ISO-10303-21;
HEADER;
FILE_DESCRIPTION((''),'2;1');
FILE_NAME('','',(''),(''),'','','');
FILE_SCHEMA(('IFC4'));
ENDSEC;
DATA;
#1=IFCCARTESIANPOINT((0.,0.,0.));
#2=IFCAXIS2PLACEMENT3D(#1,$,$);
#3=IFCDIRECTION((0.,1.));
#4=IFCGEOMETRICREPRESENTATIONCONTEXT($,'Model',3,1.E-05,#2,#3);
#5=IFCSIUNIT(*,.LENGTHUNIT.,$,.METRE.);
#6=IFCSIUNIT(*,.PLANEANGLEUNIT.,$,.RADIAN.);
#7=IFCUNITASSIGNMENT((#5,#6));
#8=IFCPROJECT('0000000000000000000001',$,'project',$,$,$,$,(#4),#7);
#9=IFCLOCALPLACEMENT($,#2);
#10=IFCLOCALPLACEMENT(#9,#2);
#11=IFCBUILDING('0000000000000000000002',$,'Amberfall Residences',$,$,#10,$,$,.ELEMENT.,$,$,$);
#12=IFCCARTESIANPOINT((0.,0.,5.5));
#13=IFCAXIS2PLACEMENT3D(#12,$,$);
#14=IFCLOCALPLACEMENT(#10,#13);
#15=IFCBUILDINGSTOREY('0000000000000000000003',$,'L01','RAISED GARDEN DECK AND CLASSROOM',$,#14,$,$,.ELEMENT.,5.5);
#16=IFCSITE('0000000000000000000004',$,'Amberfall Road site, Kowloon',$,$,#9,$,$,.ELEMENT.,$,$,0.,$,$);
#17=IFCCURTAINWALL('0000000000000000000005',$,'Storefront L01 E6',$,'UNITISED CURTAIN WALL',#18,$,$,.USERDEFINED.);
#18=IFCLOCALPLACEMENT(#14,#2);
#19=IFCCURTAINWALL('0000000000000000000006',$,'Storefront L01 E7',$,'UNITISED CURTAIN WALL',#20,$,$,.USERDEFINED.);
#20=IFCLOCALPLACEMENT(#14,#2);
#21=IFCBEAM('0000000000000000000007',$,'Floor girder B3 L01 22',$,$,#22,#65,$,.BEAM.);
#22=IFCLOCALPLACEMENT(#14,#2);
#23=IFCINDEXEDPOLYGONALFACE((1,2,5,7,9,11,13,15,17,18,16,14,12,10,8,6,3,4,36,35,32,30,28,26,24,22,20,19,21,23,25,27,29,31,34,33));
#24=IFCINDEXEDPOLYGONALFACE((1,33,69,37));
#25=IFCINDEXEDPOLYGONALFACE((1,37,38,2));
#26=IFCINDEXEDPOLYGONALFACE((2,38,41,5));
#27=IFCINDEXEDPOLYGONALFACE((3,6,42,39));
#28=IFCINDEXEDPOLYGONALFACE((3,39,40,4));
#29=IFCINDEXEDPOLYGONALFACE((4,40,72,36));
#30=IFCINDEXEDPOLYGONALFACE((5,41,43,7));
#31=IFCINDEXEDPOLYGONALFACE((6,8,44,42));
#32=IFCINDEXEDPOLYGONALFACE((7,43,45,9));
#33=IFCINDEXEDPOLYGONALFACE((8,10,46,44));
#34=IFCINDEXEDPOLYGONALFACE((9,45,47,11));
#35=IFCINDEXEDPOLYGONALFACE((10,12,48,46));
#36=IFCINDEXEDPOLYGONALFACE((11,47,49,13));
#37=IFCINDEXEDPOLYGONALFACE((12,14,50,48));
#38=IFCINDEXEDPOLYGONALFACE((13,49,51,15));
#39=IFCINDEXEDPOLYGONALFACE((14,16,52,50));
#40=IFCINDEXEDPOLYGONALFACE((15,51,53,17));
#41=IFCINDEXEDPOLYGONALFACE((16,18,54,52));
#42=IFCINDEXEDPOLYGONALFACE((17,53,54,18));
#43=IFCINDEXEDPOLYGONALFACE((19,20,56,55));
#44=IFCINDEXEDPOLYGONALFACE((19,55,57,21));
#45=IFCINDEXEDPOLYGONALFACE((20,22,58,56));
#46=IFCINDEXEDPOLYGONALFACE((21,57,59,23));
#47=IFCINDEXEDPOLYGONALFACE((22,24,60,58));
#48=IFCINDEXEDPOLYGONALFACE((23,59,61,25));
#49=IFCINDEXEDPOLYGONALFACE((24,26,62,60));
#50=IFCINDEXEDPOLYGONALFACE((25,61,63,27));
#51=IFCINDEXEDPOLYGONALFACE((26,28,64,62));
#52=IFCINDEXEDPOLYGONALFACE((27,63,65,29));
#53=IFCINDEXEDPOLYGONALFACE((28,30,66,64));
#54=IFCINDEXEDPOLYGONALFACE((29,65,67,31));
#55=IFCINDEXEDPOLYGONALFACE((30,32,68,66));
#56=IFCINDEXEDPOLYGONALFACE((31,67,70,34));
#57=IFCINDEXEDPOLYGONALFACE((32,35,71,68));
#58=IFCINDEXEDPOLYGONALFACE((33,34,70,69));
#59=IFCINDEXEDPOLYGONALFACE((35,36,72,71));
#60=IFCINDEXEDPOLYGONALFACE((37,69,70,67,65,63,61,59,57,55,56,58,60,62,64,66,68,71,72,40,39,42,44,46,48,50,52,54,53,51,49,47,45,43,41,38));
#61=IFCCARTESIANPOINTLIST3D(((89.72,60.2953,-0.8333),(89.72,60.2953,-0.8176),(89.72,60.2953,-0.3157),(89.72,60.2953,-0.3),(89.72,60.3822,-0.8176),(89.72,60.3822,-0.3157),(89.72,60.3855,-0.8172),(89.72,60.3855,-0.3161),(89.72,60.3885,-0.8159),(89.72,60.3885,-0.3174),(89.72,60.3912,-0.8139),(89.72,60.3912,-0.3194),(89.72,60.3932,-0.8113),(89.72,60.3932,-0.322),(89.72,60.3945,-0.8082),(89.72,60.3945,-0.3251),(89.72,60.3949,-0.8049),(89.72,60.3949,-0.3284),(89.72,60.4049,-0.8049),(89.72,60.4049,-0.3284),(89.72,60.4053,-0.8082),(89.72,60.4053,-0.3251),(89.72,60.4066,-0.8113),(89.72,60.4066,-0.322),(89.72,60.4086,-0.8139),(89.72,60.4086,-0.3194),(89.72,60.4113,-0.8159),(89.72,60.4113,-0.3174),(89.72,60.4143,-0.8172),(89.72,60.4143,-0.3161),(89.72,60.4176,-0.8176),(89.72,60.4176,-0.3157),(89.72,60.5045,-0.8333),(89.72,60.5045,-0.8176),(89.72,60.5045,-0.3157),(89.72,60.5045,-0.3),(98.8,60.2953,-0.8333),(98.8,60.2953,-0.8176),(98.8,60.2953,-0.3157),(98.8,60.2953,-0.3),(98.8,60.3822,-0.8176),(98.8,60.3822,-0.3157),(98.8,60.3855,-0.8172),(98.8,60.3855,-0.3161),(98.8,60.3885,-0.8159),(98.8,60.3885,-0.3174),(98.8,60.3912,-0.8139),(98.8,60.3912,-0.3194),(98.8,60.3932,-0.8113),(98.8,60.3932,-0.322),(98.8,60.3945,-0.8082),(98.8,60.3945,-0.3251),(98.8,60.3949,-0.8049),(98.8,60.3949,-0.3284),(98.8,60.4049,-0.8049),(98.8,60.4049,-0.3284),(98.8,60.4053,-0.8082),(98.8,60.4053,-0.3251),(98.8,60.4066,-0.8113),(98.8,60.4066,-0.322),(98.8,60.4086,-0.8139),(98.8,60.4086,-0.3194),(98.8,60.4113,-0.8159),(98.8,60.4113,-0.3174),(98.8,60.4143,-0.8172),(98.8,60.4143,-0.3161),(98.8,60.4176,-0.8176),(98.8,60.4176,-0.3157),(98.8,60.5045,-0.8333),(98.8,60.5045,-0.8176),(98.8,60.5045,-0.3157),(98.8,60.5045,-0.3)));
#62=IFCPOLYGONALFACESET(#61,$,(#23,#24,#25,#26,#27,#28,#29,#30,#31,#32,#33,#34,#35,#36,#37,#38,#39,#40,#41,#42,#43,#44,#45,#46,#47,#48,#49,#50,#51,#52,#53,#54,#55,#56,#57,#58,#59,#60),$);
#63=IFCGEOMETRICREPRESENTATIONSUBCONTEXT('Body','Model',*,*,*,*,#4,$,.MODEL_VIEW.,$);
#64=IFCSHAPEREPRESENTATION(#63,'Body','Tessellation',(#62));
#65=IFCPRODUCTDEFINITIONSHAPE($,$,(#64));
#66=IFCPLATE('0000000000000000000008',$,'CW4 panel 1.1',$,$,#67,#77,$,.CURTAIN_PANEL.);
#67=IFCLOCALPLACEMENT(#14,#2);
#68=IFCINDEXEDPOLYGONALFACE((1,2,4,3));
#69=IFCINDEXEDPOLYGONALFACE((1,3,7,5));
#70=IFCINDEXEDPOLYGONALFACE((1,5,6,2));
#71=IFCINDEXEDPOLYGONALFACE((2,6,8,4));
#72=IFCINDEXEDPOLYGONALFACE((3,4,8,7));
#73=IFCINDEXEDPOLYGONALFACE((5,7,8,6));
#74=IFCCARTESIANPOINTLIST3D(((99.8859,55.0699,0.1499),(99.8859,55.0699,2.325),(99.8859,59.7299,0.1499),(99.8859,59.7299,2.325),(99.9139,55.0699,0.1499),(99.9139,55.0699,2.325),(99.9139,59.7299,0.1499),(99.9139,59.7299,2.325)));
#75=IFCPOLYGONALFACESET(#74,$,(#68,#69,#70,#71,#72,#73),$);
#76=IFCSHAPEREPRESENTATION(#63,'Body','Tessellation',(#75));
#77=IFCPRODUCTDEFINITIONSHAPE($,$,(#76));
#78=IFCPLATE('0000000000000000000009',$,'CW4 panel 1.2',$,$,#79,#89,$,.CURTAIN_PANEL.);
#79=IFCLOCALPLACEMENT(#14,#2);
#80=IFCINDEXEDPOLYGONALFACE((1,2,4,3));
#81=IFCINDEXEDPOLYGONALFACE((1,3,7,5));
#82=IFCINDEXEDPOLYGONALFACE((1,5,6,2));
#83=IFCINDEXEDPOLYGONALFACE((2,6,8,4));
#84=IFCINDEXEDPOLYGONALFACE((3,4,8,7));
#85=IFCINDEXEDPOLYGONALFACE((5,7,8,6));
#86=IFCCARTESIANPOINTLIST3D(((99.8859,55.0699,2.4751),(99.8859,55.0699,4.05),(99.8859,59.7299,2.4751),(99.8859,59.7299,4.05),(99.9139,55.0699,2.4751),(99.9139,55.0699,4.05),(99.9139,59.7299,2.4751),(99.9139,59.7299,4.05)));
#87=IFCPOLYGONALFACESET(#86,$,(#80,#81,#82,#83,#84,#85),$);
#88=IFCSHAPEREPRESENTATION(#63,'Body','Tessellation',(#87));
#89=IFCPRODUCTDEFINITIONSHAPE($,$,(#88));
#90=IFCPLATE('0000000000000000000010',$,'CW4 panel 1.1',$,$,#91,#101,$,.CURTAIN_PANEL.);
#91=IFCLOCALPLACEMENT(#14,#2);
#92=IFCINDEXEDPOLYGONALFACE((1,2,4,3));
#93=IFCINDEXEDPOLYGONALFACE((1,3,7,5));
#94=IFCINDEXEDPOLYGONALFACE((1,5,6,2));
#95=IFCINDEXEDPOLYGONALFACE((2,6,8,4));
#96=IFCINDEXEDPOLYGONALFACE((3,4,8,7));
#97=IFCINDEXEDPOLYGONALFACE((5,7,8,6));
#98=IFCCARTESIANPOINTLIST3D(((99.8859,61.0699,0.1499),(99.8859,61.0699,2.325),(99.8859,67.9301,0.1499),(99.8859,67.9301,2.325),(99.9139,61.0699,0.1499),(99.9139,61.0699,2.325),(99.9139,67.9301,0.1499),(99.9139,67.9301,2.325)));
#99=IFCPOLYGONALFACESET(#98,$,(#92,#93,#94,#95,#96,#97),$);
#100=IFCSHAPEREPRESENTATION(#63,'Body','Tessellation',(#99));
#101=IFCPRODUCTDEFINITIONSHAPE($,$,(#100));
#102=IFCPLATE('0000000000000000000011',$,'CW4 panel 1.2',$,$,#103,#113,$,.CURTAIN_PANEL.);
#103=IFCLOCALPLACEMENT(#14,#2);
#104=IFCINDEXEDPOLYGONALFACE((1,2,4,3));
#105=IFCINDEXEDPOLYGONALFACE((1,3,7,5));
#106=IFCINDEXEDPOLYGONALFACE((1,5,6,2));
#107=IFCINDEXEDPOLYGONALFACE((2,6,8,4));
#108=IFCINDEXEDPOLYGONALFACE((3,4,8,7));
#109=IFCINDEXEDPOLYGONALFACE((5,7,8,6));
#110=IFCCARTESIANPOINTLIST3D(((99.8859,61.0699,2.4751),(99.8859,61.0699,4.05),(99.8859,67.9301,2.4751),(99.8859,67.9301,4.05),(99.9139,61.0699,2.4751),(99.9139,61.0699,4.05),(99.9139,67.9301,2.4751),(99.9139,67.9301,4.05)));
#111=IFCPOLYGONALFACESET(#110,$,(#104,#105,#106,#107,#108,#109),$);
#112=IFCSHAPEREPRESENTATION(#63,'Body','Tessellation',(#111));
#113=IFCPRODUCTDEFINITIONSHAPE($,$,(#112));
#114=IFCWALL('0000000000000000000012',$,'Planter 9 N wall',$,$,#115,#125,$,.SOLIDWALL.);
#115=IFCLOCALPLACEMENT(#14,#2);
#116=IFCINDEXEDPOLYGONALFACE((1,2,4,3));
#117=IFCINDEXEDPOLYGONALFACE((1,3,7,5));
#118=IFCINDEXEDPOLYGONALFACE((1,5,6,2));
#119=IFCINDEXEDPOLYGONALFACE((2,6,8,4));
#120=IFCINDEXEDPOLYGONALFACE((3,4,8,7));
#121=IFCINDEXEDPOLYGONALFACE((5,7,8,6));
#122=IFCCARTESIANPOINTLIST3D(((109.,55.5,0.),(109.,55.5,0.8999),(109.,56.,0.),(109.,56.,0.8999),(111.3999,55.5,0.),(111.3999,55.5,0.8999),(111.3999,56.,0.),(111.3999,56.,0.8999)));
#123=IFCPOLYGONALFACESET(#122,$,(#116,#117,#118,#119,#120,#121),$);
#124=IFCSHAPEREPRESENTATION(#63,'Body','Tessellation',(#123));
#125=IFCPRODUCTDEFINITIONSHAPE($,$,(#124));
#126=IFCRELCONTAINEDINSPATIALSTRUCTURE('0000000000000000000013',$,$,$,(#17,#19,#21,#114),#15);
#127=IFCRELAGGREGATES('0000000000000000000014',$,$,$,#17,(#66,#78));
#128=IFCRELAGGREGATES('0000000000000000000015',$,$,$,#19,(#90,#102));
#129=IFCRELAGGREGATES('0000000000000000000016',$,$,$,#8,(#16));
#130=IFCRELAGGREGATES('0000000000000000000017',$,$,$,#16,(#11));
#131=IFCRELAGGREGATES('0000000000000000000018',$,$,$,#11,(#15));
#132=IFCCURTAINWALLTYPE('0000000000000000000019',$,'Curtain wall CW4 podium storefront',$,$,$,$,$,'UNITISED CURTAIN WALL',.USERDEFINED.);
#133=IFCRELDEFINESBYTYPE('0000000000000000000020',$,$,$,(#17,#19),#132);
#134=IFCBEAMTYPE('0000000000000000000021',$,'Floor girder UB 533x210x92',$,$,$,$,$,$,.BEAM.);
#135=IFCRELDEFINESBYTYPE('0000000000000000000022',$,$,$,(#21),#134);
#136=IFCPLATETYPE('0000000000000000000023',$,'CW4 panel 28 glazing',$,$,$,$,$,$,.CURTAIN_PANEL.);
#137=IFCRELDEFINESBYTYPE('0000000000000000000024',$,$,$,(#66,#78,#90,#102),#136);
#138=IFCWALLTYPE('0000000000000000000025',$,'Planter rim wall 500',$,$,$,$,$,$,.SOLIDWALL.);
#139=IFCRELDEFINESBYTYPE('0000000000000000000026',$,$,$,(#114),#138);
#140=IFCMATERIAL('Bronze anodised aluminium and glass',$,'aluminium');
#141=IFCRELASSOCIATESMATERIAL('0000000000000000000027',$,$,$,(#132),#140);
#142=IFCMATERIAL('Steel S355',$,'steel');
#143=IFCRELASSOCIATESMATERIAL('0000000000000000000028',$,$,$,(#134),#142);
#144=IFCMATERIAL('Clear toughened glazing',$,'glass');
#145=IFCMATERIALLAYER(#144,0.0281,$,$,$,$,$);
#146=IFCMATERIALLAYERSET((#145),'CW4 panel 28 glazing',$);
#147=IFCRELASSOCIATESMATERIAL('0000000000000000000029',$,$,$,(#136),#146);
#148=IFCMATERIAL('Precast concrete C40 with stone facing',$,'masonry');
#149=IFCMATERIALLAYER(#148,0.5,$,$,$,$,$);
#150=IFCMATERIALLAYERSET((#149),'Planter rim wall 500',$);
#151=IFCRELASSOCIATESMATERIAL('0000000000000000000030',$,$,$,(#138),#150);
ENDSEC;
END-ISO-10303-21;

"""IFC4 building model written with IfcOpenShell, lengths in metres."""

from ifc_helpers import new_model, si_unit, direction, frame, frame_2d, origin, origin_2d, place, context, subcontext, project, spatial, rectangle, i_section, extrude, material, layer, layer_set, material_profile, profile_set, type_object, element, aggregate, save


model = new_model("IFC4")

# Units and contexts
model_context = context("Model", 3, precision=1e-05, world=origin(), true_north=direction((0.0, 1.0)))
body_context = subcontext(model_context, "Body", "Model", "MODEL_VIEW")
ifc_project = project(units=[si_unit("LENGTHUNIT", "METRE"), si_unit("PLANEANGLEUNIT", "RADIAN")], contexts=[model_context])

# Site, building, storey
site_placement = place(None, origin())
site = spatial("IfcSite", under=ifc_project, at=site_placement, Name="Amberfall Road site, Kowloon", CompositionType="ELEMENT", RefElevation=0.0)
building_placement = place(site_placement, origin())
building = spatial("IfcBuilding", under=site, at=building_placement, Name="Amberfall Residences", CompositionType="ELEMENT")
storey_placement = place(building_placement, frame((0.0, 0.0, 5.5)))
storey = spatial("IfcBuildingStorey", under=building, at=storey_placement, Name="L01", Description="RAISED GARDEN DECK AND CLASSROOM", CompositionType="ELEMENT", Elevation=5.5)

# Curtain wall
ifc_material_1 = material(Name="Bronze anodised aluminium and glass", Category="aluminium")
curtain_wall_type = type_object("IfcCurtainWallType", Name="Curtain wall CW4 podium storefront", ElementType="UNITISED CURTAIN WALL", PredefinedType="USERDEFINED", material=ifc_material_1)
curtain_wall_1_placement = place(storey_placement, origin())
curtain_wall_1 = element("IfcCurtainWall", 1, at=curtain_wall_1_placement, inside=storey, type_object=curtain_wall_type, Name="Storefront L01 E6", ObjectType="UNITISED CURTAIN WALL", PredefinedType="USERDEFINED")

# Curtain wall
curtain_wall_2_placement = place(storey_placement, origin())
curtain_wall_2 = element("IfcCurtainWall", 2, at=curtain_wall_2_placement, inside=storey, type_object=curtain_wall_type, Name="Storefront L01 E7", ObjectType="UNITISED CURTAIN WALL", PredefinedType="USERDEFINED")

# Beam
ifc_material_2 = material(Name="Steel S355", Category="steel")
ifc_material_profile_1 = material_profile(ifc_material_2, i_section(OverallWidth=0.2092, OverallDepth=0.5332, WebThickness=0.01, FlangeThickness=0.0156, FilletRadius=0.0127, at=origin_2d()), Name="UB 533x210x92")
ifc_profile_set_1 = profile_set([ifc_material_profile_1], Name="Steel S355")
beam_type_1 = type_object("IfcBeamType", Name="Floor girder UB 533x210x92", PredefinedType="BEAM", material=ifc_profile_set_1)
beam_placement = place(storey_placement, frame((98.8, 60.3999, -0.5667), z_axis=(-1.0, 0.0, 0.0), x_axis=(0.0, -1.0, 0.0)))
element("IfcBeam", 3, at=beam_placement, inside=storey, type_object=beam_type_1, Name="Floor girder B3 L01 22", PredefinedType="BEAM", context=body_context, shape_type="SweptSolid", body=[
    extrude(i_section(OverallWidth=0.2092, OverallDepth=0.5332, WebThickness=0.01, FlangeThickness=0.0156, FilletRadius=0.0127, at=origin_2d()), origin(), (0.0, 0.0, 1.0), 9.0801),
])

# Plates
ifc_material_3 = material(Name="Clear toughened glazing", Category="glass")
ifc_layer_1 = layer(ifc_material_3, 0.0281)
ifc_layer_set_1 = layer_set([ifc_layer_1], Name="CW4 panel 28 glazing")
plate_type = type_object("IfcPlateType", Name="CW4 panel 28 glazing", PredefinedType="CURTAIN_PANEL", material=ifc_layer_set_1)
plate_1_placement = place(storey_placement, frame((99.8999, 57.3999, 0.1499), z_axis=(0.0, 0.0, 1.0), x_axis=(0.0, 1.0, 0.0)))
plate_1 = element("IfcPlate", 4, at=plate_1_placement, type_object=plate_type, Name="CW4 panel 1.1", PredefinedType="CURTAIN_PANEL", context=body_context, shape_type="SweptSolid", body=[
    extrude(rectangle(XDim=4.6599, YDim=0.0281, at=origin_2d()), origin(), (0.0, 0.0, 1.0), 2.175),
])
plate_2_placement = place(storey_placement, frame((99.8999, 57.3999, 2.4751), z_axis=(0.0, 0.0, 1.0), x_axis=(0.0, 1.0, 0.0)))
plate_2 = element("IfcPlate", 5, at=plate_2_placement, type_object=plate_type, Name="CW4 panel 1.2", PredefinedType="CURTAIN_PANEL", context=body_context, shape_type="SweptSolid", body=[
    extrude(rectangle(XDim=4.6599, YDim=0.0281, at=origin_2d()), origin(), (0.0, 0.0, 1.0), 1.575),
])
aggregate(curtain_wall_1, [plate_1, plate_2])
plate_3_placement = place(storey_placement, frame((99.8999, 64.5, 0.1499), z_axis=(0.0, 0.0, 1.0), x_axis=(0.0, 1.0, 0.0)))
plate_3 = element("IfcPlate", 6, at=plate_3_placement, type_object=plate_type, Name="CW4 panel 1.1", PredefinedType="CURTAIN_PANEL", context=body_context, shape_type="SweptSolid", body=[
    extrude(rectangle(XDim=6.8601, YDim=0.0281, at=origin_2d()), origin(), (0.0, 0.0, 1.0), 2.175),
])
plate_4_placement = place(storey_placement, frame((99.8999, 64.5, 2.4751), z_axis=(0.0, 0.0, 1.0), x_axis=(0.0, 1.0, 0.0)))
plate_4 = element("IfcPlate", 7, at=plate_4_placement, type_object=plate_type, Name="CW4 panel 1.2", PredefinedType="CURTAIN_PANEL", context=body_context, shape_type="SweptSolid", body=[
    extrude(rectangle(XDim=6.8601, YDim=0.0281, at=origin_2d()), origin(), (0.0, 0.0, 1.0), 1.575),
])
aggregate(curtain_wall_2, [plate_3, plate_4])

# Wall
ifc_material_4 = material(Name="Precast concrete C40 with stone facing", Category="masonry")
ifc_layer_2 = layer(ifc_material_4, 0.5)
ifc_layer_set_2 = layer_set([ifc_layer_2], Name="Planter rim wall 500")
wall_type_1 = type_object("IfcWallType", Name="Planter rim wall 500", PredefinedType="SOLIDWALL", material=ifc_layer_set_2)
wall_1_placement = place(storey_placement, frame((109.0, 55.75, 0.0), z_axis=(0.0, 0.0, 1.0), x_axis=(1.0, 0.0, 0.0)))
element("IfcWall", 8, at=wall_1_placement, inside=storey, type_object=wall_type_1, Name="Planter 9 N wall", PredefinedType="SOLIDWALL", context=body_context, shape_type="SweptSolid", body=[
    extrude(rectangle(XDim=2.3999, YDim=0.5, at=frame_2d((1.2, 0.0))), origin(), (0.0, 0.0, 1.0), 0.8999),
])

save(model, "model.ifc")
